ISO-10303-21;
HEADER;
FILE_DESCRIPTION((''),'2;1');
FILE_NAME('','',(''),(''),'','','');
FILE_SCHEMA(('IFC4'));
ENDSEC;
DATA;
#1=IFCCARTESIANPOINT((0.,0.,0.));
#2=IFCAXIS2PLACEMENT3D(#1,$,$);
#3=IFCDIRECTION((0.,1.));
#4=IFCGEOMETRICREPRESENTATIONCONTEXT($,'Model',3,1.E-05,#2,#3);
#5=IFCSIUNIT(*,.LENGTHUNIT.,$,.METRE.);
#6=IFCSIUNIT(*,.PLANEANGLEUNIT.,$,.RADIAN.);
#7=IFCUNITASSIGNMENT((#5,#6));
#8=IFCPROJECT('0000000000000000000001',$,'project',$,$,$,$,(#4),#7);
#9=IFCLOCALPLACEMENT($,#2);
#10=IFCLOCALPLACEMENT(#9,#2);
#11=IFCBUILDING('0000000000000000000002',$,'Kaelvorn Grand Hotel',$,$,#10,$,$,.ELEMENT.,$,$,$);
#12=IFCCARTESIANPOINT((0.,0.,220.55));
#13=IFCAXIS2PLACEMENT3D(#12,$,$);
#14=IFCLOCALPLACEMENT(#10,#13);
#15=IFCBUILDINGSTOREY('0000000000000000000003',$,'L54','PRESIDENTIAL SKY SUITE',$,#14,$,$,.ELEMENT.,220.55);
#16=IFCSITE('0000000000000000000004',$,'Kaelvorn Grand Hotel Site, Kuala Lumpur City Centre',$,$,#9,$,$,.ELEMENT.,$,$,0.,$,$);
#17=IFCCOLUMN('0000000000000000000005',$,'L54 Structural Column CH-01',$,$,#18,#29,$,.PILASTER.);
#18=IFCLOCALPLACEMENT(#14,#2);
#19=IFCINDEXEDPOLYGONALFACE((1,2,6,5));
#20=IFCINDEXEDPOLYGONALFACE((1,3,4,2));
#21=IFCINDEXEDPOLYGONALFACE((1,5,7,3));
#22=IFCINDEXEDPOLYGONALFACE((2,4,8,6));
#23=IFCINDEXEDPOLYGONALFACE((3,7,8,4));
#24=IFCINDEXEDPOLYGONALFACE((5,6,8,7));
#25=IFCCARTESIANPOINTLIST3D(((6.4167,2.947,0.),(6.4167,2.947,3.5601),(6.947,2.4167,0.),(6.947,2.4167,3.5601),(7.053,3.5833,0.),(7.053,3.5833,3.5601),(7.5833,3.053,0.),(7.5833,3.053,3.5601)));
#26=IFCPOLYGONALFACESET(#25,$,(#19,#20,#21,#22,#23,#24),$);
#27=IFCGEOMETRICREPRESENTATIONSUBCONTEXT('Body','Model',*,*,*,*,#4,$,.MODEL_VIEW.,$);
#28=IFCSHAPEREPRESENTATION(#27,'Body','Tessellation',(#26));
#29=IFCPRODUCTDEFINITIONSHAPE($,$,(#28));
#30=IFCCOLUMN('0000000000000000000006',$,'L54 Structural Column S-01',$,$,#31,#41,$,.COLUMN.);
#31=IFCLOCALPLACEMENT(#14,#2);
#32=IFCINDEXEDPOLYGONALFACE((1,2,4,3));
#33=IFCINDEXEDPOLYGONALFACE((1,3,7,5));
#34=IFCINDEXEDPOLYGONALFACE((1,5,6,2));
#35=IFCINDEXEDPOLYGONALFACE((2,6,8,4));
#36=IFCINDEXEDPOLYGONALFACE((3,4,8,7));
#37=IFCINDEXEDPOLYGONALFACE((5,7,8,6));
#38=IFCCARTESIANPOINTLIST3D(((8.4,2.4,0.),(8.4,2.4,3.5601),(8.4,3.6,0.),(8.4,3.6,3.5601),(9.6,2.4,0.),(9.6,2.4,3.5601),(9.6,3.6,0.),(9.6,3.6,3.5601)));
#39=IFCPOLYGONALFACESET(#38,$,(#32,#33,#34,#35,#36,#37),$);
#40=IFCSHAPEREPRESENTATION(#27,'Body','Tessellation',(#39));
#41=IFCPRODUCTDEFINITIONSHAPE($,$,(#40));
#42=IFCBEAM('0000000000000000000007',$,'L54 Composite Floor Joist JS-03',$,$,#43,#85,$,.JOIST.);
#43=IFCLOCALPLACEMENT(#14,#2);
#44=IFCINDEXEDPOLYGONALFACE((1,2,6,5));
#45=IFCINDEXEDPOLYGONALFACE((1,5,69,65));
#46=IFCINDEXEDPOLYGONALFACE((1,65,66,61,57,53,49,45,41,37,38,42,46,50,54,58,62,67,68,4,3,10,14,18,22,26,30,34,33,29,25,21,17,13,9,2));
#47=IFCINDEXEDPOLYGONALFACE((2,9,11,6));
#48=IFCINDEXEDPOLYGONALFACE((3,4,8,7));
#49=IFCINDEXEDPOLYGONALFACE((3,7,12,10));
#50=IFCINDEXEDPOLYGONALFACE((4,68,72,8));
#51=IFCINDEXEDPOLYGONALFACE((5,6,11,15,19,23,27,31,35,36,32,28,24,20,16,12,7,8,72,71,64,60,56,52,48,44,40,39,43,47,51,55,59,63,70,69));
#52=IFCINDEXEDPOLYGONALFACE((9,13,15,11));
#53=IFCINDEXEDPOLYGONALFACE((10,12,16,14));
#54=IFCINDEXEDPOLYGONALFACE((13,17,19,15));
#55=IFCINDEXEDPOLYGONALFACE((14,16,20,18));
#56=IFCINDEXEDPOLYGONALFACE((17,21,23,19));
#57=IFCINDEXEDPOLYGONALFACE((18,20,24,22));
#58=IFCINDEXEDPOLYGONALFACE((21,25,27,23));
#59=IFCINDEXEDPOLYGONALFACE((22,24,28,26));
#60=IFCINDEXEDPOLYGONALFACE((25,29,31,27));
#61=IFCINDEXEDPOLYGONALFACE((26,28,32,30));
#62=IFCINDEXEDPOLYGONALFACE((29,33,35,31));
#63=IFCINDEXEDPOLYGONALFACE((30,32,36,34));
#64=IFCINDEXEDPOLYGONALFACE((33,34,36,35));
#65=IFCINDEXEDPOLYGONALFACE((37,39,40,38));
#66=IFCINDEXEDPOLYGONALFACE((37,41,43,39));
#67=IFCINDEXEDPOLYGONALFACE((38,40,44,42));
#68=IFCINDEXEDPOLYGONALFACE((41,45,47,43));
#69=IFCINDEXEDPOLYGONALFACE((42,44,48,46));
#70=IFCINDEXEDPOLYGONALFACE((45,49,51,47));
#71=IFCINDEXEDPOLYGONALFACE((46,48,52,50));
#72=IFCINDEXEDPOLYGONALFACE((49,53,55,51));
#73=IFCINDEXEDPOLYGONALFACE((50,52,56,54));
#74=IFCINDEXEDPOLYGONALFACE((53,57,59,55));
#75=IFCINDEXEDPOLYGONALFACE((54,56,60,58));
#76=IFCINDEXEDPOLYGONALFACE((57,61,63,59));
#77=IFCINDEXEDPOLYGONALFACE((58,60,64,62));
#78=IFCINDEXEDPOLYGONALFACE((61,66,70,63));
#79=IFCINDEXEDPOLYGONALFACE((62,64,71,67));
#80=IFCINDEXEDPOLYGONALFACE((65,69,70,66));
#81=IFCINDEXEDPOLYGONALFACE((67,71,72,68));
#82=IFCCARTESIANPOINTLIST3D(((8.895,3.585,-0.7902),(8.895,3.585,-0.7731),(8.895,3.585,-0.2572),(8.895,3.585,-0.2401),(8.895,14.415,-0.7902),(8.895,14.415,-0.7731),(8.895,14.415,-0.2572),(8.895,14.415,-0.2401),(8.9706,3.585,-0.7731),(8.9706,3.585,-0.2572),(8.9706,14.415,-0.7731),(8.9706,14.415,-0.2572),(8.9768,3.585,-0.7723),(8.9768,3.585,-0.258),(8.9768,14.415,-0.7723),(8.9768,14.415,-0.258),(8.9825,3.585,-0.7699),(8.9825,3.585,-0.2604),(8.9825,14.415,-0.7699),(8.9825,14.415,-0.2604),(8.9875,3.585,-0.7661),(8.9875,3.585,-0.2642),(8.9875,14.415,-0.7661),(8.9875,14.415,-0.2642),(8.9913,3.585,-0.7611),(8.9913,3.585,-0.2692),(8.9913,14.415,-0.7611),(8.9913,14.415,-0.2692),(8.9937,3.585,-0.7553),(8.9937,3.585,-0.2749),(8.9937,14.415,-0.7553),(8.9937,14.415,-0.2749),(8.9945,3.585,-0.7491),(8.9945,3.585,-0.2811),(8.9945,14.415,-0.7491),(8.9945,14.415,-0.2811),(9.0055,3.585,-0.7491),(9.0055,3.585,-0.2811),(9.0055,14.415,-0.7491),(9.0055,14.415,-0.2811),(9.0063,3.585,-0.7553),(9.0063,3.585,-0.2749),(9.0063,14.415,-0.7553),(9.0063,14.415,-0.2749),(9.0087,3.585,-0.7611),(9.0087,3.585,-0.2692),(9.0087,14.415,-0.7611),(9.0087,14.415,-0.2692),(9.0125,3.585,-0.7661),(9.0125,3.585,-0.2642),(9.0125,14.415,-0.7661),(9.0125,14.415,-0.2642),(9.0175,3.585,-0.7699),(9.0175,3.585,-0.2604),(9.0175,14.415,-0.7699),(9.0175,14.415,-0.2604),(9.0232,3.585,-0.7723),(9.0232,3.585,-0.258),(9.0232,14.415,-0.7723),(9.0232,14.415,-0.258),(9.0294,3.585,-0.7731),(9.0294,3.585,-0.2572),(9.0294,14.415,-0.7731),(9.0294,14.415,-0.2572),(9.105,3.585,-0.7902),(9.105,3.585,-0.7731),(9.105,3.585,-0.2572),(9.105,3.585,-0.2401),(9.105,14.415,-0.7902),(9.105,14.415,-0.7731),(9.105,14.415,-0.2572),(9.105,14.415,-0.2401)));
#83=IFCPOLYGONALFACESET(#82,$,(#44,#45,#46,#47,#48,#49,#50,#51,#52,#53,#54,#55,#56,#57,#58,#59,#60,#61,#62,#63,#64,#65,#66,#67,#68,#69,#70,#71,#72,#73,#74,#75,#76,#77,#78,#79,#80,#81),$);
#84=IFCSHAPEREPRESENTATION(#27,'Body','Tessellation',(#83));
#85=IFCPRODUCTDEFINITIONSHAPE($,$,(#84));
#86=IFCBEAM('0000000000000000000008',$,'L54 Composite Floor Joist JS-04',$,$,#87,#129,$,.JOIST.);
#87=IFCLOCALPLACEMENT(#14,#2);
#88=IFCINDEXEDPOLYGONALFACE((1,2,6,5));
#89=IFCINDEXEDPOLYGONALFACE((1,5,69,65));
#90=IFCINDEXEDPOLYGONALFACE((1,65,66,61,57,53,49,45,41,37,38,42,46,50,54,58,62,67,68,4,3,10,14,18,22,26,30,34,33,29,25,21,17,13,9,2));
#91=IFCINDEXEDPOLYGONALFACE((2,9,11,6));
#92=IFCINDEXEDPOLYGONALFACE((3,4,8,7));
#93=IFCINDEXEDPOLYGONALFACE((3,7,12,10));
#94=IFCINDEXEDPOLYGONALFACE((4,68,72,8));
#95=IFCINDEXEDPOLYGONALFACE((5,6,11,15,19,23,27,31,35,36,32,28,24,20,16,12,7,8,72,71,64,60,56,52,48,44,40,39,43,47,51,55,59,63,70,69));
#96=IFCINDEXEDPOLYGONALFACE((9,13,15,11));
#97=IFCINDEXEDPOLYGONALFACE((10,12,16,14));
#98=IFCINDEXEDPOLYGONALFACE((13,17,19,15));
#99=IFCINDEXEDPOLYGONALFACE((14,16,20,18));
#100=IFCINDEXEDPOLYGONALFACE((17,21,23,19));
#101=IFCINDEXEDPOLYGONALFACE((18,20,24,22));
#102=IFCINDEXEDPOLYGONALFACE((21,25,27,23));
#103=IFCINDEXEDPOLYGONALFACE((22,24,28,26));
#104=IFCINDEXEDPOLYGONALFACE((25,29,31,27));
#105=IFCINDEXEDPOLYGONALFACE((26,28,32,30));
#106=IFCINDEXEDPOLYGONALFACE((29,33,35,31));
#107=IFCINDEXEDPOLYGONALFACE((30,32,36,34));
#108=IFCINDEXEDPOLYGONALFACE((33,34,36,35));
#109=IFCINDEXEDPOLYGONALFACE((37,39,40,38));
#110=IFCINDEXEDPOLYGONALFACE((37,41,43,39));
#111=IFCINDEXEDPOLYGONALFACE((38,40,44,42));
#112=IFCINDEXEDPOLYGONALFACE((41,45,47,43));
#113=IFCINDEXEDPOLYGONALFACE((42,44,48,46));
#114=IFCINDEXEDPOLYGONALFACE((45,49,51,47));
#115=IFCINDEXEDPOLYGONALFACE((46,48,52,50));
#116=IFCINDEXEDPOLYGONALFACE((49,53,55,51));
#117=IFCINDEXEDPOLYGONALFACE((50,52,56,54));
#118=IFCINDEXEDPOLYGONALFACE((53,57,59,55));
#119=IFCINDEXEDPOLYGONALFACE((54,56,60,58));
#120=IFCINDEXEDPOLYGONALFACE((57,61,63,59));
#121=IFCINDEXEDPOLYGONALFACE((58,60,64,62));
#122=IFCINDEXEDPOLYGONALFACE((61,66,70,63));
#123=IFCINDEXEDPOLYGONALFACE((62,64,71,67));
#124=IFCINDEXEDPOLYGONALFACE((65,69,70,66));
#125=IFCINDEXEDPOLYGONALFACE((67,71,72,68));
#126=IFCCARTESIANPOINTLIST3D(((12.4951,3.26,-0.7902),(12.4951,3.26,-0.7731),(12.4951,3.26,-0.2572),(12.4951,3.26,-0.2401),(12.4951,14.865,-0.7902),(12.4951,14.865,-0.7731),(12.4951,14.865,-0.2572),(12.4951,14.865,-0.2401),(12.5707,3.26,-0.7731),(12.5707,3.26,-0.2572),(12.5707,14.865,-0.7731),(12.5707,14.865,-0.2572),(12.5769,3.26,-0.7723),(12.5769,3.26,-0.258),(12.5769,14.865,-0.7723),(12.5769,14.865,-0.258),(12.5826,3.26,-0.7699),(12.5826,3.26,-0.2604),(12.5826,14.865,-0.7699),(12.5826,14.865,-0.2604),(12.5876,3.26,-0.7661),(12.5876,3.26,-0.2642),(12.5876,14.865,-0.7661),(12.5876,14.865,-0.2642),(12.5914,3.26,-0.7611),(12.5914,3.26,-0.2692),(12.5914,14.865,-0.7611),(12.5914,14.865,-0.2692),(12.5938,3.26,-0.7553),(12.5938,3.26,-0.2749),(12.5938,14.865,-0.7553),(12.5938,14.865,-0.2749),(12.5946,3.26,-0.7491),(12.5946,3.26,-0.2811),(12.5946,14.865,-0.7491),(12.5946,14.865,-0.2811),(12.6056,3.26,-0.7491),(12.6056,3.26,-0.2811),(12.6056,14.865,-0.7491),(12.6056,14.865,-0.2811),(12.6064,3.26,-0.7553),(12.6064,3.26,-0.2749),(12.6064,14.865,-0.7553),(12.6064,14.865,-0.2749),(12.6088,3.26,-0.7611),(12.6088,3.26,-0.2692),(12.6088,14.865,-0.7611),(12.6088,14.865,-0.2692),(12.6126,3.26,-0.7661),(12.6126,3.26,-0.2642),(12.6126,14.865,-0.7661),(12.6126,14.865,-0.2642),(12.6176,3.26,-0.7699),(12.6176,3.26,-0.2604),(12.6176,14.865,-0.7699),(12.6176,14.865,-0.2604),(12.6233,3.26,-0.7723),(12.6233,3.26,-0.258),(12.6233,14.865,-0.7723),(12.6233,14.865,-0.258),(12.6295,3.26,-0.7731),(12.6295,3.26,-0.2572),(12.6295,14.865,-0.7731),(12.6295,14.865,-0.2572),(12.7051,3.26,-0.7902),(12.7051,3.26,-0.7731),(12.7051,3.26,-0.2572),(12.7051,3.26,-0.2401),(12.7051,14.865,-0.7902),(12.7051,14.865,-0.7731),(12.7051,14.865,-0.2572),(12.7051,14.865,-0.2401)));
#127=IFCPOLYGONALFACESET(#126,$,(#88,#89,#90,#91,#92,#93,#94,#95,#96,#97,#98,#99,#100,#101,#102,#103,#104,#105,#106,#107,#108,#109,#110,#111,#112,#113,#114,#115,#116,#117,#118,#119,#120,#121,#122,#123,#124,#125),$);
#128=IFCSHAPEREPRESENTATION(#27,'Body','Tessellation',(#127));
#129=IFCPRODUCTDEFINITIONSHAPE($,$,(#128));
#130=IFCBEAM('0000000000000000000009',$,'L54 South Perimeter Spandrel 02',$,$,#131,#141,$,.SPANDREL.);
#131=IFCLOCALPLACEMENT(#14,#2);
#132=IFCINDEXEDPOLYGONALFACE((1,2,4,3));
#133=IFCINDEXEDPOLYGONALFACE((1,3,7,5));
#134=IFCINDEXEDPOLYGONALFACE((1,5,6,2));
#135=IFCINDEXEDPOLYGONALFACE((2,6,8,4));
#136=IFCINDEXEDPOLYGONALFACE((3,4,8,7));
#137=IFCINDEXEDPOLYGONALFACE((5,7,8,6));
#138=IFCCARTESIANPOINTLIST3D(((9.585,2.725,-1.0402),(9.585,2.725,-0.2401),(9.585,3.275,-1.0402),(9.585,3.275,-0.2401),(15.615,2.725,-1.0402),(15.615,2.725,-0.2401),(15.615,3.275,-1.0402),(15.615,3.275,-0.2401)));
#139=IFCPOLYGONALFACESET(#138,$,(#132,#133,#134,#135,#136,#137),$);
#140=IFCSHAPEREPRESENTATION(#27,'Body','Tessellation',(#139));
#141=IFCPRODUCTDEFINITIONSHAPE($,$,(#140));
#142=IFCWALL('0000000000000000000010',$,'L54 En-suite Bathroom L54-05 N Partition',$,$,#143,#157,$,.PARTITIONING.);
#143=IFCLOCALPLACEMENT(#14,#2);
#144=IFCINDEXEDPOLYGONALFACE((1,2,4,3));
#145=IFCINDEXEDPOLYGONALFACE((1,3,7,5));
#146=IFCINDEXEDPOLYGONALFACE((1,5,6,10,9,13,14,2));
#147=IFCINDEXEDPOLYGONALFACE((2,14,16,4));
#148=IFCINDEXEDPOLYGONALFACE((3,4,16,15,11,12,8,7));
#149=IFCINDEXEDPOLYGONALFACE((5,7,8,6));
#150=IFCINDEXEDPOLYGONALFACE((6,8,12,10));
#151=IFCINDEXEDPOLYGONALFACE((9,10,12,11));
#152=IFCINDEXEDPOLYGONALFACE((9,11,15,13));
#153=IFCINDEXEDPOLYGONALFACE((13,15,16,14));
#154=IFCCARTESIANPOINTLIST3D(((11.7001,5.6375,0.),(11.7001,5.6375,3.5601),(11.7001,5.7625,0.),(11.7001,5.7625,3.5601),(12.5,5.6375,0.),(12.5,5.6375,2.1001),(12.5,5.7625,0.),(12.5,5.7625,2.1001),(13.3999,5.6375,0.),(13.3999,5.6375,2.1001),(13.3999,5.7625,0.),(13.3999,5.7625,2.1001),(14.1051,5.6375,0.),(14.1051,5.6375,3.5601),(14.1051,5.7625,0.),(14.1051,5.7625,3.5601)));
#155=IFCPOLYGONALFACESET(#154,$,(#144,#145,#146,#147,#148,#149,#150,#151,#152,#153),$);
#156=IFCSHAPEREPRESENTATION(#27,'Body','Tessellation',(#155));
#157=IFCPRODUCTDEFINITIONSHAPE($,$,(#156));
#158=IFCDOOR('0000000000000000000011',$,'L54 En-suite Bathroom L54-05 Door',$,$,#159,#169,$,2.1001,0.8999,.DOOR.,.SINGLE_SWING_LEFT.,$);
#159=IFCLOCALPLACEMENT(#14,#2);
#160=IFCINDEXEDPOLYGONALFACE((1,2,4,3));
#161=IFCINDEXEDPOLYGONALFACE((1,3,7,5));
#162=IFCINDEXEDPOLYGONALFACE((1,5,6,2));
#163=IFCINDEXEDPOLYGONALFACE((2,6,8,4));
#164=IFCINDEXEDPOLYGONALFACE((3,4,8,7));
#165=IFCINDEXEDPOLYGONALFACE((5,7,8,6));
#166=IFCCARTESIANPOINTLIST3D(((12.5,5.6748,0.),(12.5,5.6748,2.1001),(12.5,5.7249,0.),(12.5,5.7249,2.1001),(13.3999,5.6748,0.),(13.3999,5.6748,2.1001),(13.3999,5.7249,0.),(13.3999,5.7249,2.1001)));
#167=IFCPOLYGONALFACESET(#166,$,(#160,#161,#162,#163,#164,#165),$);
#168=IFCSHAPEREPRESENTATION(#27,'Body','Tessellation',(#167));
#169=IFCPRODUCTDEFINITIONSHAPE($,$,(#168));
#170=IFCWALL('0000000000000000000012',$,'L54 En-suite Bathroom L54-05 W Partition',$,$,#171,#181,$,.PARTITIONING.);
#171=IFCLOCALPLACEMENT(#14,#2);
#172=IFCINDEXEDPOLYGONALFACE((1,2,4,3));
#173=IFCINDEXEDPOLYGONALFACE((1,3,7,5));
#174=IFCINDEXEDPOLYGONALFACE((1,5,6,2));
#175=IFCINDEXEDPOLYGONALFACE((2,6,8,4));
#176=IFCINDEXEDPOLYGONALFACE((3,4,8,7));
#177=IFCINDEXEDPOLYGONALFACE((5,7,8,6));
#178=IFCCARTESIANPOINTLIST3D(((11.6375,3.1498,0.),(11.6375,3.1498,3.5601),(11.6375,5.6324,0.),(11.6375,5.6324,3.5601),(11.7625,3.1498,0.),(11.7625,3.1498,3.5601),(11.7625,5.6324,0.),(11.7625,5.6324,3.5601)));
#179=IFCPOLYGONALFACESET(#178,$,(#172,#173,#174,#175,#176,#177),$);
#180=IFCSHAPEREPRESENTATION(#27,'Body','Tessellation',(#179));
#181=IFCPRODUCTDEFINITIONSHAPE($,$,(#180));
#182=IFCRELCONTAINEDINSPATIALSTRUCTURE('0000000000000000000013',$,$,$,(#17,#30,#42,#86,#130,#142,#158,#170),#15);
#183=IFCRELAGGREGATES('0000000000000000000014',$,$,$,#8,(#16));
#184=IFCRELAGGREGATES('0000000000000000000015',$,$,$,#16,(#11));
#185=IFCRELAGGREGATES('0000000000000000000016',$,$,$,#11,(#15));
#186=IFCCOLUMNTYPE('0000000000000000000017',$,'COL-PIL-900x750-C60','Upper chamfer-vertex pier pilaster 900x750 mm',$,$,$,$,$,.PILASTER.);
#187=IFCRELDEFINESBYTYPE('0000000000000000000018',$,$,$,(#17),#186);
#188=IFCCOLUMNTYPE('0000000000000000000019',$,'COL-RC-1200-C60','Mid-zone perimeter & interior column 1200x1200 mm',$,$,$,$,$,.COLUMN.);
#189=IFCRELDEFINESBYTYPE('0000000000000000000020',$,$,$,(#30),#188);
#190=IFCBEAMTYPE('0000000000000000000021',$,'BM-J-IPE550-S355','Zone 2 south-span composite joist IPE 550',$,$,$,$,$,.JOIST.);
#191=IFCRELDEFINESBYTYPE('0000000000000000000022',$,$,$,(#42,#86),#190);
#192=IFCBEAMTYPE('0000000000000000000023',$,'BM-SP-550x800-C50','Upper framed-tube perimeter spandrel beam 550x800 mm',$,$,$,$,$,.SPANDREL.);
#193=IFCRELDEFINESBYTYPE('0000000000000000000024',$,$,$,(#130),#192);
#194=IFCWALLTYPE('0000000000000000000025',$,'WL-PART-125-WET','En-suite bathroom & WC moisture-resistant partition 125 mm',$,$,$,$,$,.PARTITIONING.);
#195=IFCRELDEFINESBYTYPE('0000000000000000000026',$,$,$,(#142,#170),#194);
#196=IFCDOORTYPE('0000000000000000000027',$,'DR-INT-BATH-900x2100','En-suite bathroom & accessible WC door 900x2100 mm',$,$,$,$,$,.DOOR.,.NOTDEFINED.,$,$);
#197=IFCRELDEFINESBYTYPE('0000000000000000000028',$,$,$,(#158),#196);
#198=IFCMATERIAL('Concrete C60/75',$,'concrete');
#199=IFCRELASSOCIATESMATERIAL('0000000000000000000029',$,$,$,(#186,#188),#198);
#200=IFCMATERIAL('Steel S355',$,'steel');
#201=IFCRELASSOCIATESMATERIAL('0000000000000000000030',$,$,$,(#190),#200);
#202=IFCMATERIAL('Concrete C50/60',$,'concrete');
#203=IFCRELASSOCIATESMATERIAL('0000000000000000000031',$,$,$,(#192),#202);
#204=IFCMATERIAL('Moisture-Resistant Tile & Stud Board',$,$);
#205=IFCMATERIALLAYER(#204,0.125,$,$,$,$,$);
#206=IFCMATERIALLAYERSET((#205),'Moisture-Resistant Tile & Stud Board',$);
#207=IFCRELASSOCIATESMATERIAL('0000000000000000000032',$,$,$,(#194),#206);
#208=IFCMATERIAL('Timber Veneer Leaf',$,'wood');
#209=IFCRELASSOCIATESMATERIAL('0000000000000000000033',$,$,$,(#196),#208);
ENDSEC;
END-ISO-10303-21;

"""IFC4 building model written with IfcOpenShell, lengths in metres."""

from ifc_helpers import new_model, si_unit, direction, frame, frame_2d, origin, origin_2d, place, context, subcontext, project, spatial, rectangle, i_section, extrude, material, layer, layer_set, material_profile, profile_set, type_object, element, fill, save


model = new_model("IFC4")

# Units and contexts
model_context = context("Model", 3, precision=1e-05, world=origin(), true_north=direction((0.0, 1.0)))
body_context = subcontext(model_context, "Body", "Model", "MODEL_VIEW")
ifc_project = project(units=[si_unit("LENGTHUNIT", "METRE"), si_unit("PLANEANGLEUNIT", "RADIAN")], contexts=[model_context])

# Site, building, storey
site_placement = place(None, origin())
site = spatial("IfcSite", under=ifc_project, at=site_placement, Name="Kaelvorn Grand Hotel Site, Kuala Lumpur City Centre", CompositionType="ELEMENT", RefElevation=0.0)
building_placement = place(site_placement, origin())
building = spatial("IfcBuilding", under=site, at=building_placement, Name="Kaelvorn Grand Hotel", CompositionType="ELEMENT")
storey_placement = place(building_placement, frame((0.0, 0.0, 220.55)))
storey = spatial("IfcBuildingStorey", under=building, at=storey_placement, Name="L54", Description="PRESIDENTIAL SKY SUITE", CompositionType="ELEMENT", Elevation=220.55)

# Columns
ifc_material_1 = material(Name="Concrete C60/75", Category="concrete")
ifc_material_profile_1 = material_profile(ifc_material_1, rectangle(XDim=0.8999, YDim=0.75, at=origin_2d()), Name="RC PILASTER 900x750")
ifc_profile_set_1 = profile_set([ifc_material_profile_1], Name="Concrete C60/75")
column_type_1 = type_object("IfcColumnType", Name="COL-PIL-900x750-C60", Description="Upper chamfer-vertex pier pilaster 900x750 mm", PredefinedType="PILASTER", material=ifc_profile_set_1)
column_1_placement = place(storey_placement, frame((7.0, 3.0, 0.0), z_axis=(0.0, 0.0, 1.0), x_axis=(0.707107, 0.707107, 0.0)))
element("IfcColumn", 1, at=column_1_placement, inside=storey, type_object=column_type_1, Name="L54 Structural Column CH-01", PredefinedType="PILASTER", context=body_context, shape_type="SweptSolid", body=[
    extrude(rectangle(XDim=0.8999, YDim=0.75, at=origin_2d()), origin(), (0.0, 0.0, 1.0), 3.5601),
])
ifc_material_profile_2 = material_profile(ifc_material_1, rectangle(XDim=1.2, YDim=1.2, at=origin_2d()), Name="RC COL 1200x1200")
ifc_profile_set_2 = profile_set([ifc_material_profile_2], Name="Concrete C60/75")
column_type_2 = type_object("IfcColumnType", Name="COL-RC-1200-C60", Description="Mid-zone perimeter & interior column 1200x1200 mm", PredefinedType="COLUMN", material=ifc_profile_set_2)
column_2_placement = place(storey_placement, frame((9.0, 3.0, 0.0), z_axis=(0.0, 0.0, 1.0), x_axis=(1.0, 0.0, 0.0)))
element("IfcColumn", 2, at=column_2_placement, inside=storey, type_object=column_type_2, Name="L54 Structural Column S-01", PredefinedType="COLUMN", context=body_context, shape_type="SweptSolid", body=[
    extrude(rectangle(XDim=1.2, YDim=1.2, at=origin_2d()), origin(), (0.0, 0.0, 1.0), 3.5601),
])

# Beams
ifc_material_2 = material(Name="Steel S355", Category="steel")
ifc_material_profile_3 = material_profile(ifc_material_2, i_section(OverallWidth=0.21, OverallDepth=0.55, WebThickness=0.011, FlangeThickness=0.0171, FilletRadius=0.0239, at=origin_2d()), Name="IPE 550")
ifc_profile_set_3 = profile_set([ifc_material_profile_3], Name="Steel S355")
beam_type_1 = type_object("IfcBeamType", Name="BM-J-IPE550-S355", Description="Zone 2 south-span composite joist IPE 550", PredefinedType="JOIST", material=ifc_profile_set_3)
beam_1_placement = place(storey_placement, frame((9.0, 3.585, -0.5151), z_axis=(0.0, 1.0, 0.0), x_axis=(-1.0, 0.0, 0.0)))
element("IfcBeam", 3, at=beam_1_placement, inside=storey, type_object=beam_type_1, Name="L54 Composite Floor Joist JS-03", PredefinedType="JOIST", context=body_context, shape_type="SweptSolid", body=[
    extrude(i_section(OverallWidth=0.21, OverallDepth=0.55, WebThickness=0.011, FlangeThickness=0.0171, FilletRadius=0.0239, at=origin_2d()), origin(), (0.0, 0.0, 1.0), 10.8301),
])
beam_2_placement = place(storey_placement, frame((12.6001, 3.26, -0.5151), z_axis=(0.0, 1.0, 0.0), x_axis=(-1.0, 0.0, 0.0)))
element("IfcBeam", 4, at=beam_2_placement, inside=storey, type_object=beam_type_1, Name="L54 Composite Floor Joist JS-04", PredefinedType="JOIST", context=body_context, shape_type="SweptSolid", body=[
    extrude(i_section(OverallWidth=0.21, OverallDepth=0.55, WebThickness=0.011, FlangeThickness=0.0171, FilletRadius=0.0239, at=origin_2d()), origin(), (0.0, 0.0, 1.0), 11.605),
])
ifc_material_3 = material(Name="Concrete C50/60", Category="concrete")
ifc_material_profile_4 = material_profile(ifc_material_3, rectangle(XDim=0.55, YDim=0.8, at=origin_2d()), Name="RC SPANDREL 550x800")
ifc_profile_set_4 = profile_set([ifc_material_profile_4], Name="Concrete C50/60")
beam_type_2 = type_object("IfcBeamType", Name="BM-SP-550x800-C50", Description="Upper framed-tube perimeter spandrel beam 550x800 mm", PredefinedType="SPANDREL", material=ifc_profile_set_4)
beam_3_placement = place(storey_placement, frame((9.585, 3.0, -0.6401), z_axis=(1.0, 0.0, 0.0), x_axis=(0.0, 1.0, 0.0)))
element("IfcBeam", 5, at=beam_3_placement, inside=storey, type_object=beam_type_2, Name="L54 South Perimeter Spandrel 02", PredefinedType="SPANDREL", context=body_context, shape_type="SweptSolid", body=[
    extrude(rectangle(XDim=0.55, YDim=0.8, at=origin_2d()), origin(), (0.0, 0.0, 1.0), 6.03),
])

# Wall, opening, door
ifc_material_4 = material(Name="Moisture-Resistant Tile & Stud Board")
ifc_layer_1 = layer(ifc_material_4, 0.125)
ifc_layer_set_1 = layer_set([ifc_layer_1], Name="Moisture-Resistant Tile & Stud Board")
wall_type_1 = type_object("IfcWallType", Name="WL-PART-125-WET", Description="En-suite bathroom & WC moisture-resistant partition 125 mm", PredefinedType="PARTITIONING", material=ifc_layer_set_1)
wall_1_placement = place(storey_placement, frame((11.7, 5.7, 0.0), z_axis=(0.0, 0.0, 1.0), x_axis=(1.0, 0.0, 0.0)))
wall_1 = element("IfcWall", 6, at=wall_1_placement, inside=storey, type_object=wall_type_1, Name="L54 En-suite Bathroom L54-05 N Partition", PredefinedType="PARTITIONING", context=body_context, shape_type="SweptSolid", body=[
    extrude(rectangle(XDim=2.405, YDim=0.125, at=frame_2d((1.2026, 0.0))), origin(), (0.0, 0.0, 1.0), 3.5601),
])
opening_1_placement = place(wall_1_placement, frame((0.8, 0.0, 0.0)))
opening_1 = element("IfcOpeningElement", 7, at=opening_1_placement, cuts=wall_1, PredefinedType="OPENING", context=body_context, shape_type="SweptSolid", body=[
    extrude(rectangle(XDim=0.8999, YDim=2.1001, at=frame_2d((0.45, 1.05))), frame((0.0, 0.0725, 0.0), z_axis=(0.0, -1.0, 0.0), x_axis=(1.0, 0.0, 0.0)), (0.0, 0.0, 1.0), 0.145),
])
ifc_material_5 = material(Name="Timber Veneer Leaf", Category="wood")
door_type_1 = type_object("IfcDoorType", Name="DR-INT-BATH-900x2100", Description="En-suite bathroom & accessible WC door 900x2100 mm", OperationType="NOTDEFINED", PredefinedType="DOOR", material=ifc_material_5)
door_1_placement = place(opening_1_placement, origin())
door_1 = element("IfcDoor", 8, at=door_1_placement, inside=storey, type_object=door_type_1, Name="L54 En-suite Bathroom L54-05 Door", OperationType="SINGLE_SWING_LEFT", OverallHeight=2.1001, OverallWidth=0.8999, PredefinedType="DOOR", context=body_context, shape_type="SweptSolid", body=[
    extrude(rectangle(XDim=0.8999, YDim=2.1001, at=frame_2d((0.45, 1.05))), frame((0.0, 0.0249, 0.0), z_axis=(0.0, -1.0, 0.0), x_axis=(1.0, 0.0, 0.0)), (0.0, 0.0, 1.0), 0.05),
])
fill(opening_1, door_1)

# Wall
wall_2_placement = place(storey_placement, frame((11.7, 3.1499, 0.0), z_axis=(0.0, 0.0, 1.0), x_axis=(0.0, 1.0, 0.0)))
element("IfcWall", 9, at=wall_2_placement, inside=storey, type_object=wall_type_1, Name="L54 En-suite Bathroom L54-05 W Partition", PredefinedType="PARTITIONING", context=body_context, shape_type="SweptSolid", body=[
    extrude(rectangle(XDim=2.4827, YDim=0.125, at=frame_2d((1.2412, 0.0))), origin(), (0.0, 0.0, 1.0), 3.5601),
])

save(model, "model.ifc")
